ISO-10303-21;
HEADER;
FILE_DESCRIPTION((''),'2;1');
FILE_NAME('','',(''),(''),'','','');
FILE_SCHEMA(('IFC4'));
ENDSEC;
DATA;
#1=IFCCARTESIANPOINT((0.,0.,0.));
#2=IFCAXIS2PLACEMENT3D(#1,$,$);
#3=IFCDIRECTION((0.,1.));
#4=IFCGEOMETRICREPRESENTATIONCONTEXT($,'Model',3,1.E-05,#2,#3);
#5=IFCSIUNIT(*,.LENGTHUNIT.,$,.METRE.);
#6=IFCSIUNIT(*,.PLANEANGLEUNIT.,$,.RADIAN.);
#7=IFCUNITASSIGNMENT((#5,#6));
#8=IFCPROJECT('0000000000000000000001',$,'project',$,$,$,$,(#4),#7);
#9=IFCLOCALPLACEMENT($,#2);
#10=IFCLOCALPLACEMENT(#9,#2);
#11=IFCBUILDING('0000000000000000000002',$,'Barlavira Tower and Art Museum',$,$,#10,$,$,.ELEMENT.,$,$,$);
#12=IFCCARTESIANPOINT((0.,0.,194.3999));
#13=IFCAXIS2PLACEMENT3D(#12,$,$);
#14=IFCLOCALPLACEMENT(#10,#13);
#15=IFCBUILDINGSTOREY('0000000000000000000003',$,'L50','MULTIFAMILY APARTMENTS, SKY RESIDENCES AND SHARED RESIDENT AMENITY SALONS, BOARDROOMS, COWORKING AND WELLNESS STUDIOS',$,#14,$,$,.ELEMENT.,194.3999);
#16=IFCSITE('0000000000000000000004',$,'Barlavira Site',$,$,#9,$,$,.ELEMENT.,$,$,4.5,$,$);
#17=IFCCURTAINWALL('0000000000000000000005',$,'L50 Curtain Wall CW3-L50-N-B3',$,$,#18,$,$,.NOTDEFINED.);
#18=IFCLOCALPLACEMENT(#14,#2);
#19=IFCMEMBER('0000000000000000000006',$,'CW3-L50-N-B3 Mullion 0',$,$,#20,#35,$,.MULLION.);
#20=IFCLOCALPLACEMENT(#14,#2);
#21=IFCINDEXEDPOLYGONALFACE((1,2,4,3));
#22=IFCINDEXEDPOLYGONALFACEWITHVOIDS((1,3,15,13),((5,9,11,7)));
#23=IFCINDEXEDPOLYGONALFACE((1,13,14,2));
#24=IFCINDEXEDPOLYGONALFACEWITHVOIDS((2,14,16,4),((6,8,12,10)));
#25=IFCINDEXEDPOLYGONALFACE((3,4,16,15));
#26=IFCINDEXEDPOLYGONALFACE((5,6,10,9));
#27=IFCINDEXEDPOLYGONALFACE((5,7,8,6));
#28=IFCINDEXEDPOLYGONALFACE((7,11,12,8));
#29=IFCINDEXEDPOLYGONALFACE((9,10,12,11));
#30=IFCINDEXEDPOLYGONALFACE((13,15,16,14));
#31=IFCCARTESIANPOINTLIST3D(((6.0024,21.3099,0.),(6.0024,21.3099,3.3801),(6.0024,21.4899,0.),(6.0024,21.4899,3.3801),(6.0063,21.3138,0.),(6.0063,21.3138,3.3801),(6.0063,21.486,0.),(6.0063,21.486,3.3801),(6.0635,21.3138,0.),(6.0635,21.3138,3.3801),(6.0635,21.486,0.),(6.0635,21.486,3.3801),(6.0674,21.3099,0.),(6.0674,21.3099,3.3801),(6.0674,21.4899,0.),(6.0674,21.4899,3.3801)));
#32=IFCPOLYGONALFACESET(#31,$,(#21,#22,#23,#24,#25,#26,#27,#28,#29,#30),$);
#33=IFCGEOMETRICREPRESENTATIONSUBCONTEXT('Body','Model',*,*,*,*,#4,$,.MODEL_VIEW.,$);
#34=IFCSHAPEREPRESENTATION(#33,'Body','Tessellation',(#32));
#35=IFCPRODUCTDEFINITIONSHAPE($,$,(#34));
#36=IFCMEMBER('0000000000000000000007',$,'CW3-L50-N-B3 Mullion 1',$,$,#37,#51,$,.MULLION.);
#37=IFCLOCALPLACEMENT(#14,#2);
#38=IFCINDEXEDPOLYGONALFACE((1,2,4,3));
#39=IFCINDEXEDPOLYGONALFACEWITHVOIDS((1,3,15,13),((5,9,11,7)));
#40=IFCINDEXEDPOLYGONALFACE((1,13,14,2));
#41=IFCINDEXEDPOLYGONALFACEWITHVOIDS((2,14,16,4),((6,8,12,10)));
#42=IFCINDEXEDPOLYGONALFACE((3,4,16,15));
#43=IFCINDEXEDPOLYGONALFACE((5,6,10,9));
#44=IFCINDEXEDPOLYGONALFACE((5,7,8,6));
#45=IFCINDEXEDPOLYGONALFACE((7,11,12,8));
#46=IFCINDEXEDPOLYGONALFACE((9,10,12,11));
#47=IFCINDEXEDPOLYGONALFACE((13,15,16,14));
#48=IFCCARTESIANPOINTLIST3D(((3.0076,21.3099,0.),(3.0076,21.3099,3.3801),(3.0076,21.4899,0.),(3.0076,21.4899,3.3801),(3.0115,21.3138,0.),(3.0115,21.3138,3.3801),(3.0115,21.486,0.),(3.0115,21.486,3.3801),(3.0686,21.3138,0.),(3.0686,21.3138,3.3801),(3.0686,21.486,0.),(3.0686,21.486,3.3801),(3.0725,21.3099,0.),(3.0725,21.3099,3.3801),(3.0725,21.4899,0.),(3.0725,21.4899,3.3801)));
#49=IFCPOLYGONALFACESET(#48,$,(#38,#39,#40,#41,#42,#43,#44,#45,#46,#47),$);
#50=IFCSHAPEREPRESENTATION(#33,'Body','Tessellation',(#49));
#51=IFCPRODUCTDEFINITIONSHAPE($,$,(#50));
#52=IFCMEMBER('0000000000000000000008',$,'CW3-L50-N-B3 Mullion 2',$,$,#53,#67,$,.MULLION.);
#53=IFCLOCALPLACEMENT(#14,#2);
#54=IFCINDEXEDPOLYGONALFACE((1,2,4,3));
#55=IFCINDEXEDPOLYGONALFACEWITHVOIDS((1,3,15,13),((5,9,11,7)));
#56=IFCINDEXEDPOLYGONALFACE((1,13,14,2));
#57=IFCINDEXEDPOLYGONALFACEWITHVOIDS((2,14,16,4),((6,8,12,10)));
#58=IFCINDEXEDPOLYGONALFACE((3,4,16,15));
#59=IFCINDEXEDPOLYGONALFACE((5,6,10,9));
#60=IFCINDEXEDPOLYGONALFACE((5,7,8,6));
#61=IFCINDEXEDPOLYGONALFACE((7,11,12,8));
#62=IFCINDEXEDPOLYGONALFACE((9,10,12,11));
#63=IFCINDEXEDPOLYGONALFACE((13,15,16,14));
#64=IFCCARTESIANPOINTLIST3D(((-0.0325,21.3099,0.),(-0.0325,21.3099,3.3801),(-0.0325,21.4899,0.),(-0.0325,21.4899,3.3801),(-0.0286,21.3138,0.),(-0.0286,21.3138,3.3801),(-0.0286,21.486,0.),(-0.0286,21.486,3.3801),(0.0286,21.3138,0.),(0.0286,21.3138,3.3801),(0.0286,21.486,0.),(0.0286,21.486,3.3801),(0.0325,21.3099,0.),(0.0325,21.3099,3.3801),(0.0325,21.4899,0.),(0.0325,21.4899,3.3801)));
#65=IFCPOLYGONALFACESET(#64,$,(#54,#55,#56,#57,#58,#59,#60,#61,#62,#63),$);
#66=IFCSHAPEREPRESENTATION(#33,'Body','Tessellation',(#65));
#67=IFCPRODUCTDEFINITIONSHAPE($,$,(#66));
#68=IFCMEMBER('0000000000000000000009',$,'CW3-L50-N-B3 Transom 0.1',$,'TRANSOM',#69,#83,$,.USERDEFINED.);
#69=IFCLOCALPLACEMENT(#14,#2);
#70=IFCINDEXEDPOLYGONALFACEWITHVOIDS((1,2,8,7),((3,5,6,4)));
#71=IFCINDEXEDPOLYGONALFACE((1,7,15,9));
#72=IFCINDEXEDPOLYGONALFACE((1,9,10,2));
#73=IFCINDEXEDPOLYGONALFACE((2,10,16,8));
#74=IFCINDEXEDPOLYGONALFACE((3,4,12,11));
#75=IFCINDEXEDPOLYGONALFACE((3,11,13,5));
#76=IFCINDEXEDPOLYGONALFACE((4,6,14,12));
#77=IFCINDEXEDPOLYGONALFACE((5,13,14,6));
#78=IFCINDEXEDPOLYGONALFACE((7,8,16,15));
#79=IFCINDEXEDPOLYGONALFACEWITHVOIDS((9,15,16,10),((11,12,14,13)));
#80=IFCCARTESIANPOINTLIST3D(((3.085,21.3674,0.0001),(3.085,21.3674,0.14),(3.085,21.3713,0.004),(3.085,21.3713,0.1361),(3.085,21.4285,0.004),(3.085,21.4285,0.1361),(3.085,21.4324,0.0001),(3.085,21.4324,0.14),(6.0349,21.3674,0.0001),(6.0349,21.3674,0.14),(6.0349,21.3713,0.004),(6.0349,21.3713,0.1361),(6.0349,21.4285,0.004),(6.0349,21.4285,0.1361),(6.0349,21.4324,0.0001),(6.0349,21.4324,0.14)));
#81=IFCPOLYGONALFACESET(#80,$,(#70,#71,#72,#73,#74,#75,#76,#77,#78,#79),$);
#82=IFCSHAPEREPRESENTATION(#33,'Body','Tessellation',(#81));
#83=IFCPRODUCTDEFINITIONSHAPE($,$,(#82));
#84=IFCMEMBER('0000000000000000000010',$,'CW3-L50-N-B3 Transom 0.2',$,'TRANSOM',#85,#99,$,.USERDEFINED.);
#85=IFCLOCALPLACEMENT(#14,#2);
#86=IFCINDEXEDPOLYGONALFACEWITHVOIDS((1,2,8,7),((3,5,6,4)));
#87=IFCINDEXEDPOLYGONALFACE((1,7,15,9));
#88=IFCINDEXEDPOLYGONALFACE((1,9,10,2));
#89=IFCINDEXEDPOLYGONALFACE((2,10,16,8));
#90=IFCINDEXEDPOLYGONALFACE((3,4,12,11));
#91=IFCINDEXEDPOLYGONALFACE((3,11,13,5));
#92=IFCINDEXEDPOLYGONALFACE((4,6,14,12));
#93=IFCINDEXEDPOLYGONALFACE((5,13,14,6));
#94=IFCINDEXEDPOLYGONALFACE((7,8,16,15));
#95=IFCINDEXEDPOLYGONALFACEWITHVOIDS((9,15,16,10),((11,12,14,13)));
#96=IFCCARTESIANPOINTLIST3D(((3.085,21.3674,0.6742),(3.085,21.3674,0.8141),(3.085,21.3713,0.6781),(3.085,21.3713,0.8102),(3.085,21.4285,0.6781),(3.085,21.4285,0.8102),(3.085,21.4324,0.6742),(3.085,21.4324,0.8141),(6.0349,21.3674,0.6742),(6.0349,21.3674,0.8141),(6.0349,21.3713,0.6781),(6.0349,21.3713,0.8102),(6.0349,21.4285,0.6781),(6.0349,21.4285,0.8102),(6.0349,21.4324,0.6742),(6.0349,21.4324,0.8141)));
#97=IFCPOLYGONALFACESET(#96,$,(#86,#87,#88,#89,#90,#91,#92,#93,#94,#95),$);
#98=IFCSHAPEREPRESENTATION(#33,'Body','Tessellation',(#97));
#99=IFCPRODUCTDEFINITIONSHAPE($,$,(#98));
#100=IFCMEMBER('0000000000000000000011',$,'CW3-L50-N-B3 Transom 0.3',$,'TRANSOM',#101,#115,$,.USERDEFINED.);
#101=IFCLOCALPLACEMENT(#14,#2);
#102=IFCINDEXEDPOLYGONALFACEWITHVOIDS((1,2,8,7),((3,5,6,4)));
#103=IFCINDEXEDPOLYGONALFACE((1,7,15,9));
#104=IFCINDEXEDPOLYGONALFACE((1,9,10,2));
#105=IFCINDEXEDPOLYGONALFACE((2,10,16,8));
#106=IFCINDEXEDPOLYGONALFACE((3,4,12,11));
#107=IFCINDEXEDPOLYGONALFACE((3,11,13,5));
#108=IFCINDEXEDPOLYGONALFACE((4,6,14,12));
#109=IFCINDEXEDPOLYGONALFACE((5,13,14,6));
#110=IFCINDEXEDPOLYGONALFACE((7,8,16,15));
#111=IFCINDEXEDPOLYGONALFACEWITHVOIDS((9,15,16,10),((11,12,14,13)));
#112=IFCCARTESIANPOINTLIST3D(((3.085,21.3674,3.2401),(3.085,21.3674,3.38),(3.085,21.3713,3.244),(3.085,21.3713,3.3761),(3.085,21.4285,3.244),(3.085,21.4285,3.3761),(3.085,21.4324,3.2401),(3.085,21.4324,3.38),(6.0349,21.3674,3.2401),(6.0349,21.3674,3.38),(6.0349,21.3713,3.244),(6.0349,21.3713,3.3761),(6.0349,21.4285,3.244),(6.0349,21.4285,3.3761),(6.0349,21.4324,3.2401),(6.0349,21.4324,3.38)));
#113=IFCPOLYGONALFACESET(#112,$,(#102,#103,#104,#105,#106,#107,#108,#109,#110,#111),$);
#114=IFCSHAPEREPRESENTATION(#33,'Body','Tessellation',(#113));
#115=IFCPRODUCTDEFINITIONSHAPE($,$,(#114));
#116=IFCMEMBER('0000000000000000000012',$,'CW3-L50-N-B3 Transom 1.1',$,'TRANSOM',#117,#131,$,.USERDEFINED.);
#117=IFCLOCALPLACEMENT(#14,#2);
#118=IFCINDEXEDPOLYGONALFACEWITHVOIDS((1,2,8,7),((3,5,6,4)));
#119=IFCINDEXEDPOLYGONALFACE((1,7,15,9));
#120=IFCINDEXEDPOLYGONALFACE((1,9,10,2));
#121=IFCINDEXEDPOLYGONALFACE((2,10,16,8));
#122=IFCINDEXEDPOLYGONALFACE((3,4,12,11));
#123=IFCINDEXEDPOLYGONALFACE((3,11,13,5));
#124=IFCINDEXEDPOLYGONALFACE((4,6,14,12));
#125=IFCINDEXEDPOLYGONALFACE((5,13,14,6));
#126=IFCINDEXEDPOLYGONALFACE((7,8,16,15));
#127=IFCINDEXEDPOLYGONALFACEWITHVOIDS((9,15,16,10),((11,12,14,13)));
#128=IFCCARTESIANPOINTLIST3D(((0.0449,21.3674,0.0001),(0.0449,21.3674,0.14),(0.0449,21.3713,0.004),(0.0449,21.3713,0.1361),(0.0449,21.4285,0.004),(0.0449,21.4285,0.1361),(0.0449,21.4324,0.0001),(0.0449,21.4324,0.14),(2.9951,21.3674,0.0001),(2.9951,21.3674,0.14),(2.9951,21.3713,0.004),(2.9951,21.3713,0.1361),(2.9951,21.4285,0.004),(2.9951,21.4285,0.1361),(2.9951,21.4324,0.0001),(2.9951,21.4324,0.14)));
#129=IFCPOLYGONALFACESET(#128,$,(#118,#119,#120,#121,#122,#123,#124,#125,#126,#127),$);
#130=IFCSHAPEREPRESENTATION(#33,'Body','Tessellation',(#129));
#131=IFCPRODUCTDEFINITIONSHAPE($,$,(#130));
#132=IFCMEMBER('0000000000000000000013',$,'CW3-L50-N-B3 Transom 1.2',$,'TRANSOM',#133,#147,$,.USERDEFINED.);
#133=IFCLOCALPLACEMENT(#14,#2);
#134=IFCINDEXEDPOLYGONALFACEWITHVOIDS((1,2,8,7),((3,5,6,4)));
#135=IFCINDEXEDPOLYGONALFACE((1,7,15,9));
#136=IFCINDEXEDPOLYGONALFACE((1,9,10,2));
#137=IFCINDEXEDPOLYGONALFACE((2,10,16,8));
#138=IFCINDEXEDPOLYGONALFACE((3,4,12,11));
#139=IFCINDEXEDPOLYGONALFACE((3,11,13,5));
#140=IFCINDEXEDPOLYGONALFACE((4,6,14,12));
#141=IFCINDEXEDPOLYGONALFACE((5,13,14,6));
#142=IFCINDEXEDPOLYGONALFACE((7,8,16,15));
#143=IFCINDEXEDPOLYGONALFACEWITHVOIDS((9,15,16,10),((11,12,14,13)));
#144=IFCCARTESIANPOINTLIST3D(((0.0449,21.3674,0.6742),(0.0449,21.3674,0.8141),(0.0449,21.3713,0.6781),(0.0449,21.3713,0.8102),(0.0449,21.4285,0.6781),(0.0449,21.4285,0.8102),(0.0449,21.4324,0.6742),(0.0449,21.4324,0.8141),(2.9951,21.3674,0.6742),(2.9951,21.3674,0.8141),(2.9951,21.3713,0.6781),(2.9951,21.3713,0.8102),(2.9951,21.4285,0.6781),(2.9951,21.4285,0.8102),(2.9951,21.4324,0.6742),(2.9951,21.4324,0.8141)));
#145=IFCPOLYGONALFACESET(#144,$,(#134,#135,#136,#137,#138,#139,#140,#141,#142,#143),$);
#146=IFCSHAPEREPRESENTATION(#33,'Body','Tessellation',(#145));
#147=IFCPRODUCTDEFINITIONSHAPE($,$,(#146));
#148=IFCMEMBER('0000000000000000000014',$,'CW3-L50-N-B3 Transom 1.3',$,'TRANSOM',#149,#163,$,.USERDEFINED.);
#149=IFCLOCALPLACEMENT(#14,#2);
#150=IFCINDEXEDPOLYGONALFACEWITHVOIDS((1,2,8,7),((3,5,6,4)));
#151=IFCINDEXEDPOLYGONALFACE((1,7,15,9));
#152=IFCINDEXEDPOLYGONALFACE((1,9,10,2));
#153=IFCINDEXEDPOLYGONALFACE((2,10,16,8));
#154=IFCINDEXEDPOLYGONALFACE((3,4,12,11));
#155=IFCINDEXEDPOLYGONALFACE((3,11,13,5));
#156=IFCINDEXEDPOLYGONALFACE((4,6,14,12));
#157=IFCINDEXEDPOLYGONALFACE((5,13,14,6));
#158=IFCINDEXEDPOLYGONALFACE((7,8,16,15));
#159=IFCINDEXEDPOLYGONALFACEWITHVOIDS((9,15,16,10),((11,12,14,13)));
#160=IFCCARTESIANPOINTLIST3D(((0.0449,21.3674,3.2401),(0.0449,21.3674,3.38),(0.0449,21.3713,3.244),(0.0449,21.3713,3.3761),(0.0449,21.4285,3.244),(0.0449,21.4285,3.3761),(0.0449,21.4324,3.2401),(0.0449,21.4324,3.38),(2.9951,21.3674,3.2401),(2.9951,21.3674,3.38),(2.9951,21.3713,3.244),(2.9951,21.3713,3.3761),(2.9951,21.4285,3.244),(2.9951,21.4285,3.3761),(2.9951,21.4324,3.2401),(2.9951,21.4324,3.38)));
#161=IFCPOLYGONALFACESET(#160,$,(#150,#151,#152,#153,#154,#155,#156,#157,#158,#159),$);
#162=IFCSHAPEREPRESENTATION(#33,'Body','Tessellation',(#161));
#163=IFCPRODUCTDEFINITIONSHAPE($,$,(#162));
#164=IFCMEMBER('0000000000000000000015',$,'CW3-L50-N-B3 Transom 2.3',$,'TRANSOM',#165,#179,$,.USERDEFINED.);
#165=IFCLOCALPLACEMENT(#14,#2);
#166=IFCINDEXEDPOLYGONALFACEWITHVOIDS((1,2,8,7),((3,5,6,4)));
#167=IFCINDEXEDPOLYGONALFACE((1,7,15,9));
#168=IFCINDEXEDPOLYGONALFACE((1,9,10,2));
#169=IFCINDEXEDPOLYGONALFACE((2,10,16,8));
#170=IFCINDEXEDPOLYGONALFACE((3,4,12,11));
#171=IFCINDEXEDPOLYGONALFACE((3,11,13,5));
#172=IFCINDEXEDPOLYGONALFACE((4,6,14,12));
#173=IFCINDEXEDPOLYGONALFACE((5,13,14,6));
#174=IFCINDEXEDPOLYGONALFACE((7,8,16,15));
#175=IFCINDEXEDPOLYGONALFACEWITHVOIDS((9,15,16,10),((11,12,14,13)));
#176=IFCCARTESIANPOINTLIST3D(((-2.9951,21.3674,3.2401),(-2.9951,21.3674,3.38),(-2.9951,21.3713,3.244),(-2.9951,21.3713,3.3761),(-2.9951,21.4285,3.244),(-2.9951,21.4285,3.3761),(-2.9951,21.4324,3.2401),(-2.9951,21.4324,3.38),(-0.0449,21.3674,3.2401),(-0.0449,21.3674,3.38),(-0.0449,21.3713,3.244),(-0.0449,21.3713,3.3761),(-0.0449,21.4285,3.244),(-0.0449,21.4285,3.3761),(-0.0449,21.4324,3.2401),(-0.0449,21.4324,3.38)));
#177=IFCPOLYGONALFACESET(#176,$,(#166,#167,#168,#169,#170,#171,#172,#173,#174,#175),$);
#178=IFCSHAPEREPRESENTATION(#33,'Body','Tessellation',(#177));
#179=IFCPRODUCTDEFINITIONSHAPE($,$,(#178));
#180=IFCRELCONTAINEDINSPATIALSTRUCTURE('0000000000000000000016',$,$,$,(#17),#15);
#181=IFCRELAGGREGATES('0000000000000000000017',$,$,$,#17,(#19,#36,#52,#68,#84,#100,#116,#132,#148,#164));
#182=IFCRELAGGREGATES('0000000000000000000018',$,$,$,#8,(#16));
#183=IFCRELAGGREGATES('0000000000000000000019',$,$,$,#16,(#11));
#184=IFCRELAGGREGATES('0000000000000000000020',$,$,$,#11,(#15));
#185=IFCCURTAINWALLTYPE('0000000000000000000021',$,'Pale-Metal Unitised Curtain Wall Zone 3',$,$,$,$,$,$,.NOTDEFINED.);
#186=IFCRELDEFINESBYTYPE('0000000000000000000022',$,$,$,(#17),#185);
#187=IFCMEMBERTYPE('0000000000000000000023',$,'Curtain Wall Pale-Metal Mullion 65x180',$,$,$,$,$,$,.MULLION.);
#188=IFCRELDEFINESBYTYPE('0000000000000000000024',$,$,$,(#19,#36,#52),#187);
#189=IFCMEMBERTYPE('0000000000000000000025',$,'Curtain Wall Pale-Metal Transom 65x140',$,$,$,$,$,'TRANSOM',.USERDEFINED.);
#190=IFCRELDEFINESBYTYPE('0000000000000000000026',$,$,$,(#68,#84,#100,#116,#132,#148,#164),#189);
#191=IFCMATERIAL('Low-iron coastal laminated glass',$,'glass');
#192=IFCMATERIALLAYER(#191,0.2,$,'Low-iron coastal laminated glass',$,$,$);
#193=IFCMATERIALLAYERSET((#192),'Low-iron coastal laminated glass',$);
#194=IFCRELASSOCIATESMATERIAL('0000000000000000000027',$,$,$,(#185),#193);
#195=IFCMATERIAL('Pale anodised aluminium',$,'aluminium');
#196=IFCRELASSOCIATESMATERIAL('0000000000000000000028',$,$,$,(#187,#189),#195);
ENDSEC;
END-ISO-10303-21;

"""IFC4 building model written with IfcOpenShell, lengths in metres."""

from ifc_helpers import new_model, si_unit, direction, frame, origin, origin_2d, place, context, subcontext, project, spatial, hollow_rectangle, extrude, material, layer, layer_set, material_profile, profile_set, type_object, element, aggregate, save


model = new_model("IFC4")

# Units and contexts
model_context = context("Model", 3, precision=1e-05, world=origin(), true_north=direction((0.0, 1.0)))
body_context = subcontext(model_context, "Body", "Model", "MODEL_VIEW")
ifc_project = project(units=[si_unit("LENGTHUNIT", "METRE"), si_unit("PLANEANGLEUNIT", "RADIAN")], contexts=[model_context])

# Site, building, storey
site_placement = place(None, origin())
site = spatial("IfcSite", under=ifc_project, at=site_placement, Name="Barlavira Site", CompositionType="ELEMENT", RefElevation=4.5)
building_placement = place(site_placement, origin())
building = spatial("IfcBuilding", under=site, at=building_placement, Name="Barlavira Tower and Art Museum", CompositionType="ELEMENT")
storey_placement = place(building_placement, frame((0.0, 0.0, 194.3999)))
storey = spatial("IfcBuildingStorey", under=building, at=storey_placement, Name="L50", Description="MULTIFAMILY APARTMENTS, SKY RESIDENCES AND SHARED RESIDENT AMENITY SALONS, BOARDROOMS, COWORKING AND WELLNESS STUDIOS", CompositionType="ELEMENT", Elevation=194.3999)

# Curtain wall, members
ifc_material_1 = material(Name="Low-iron coastal laminated glass", Category="glass")
ifc_layer_1 = layer(ifc_material_1, 0.2, Name="Low-iron coastal laminated glass")
ifc_layer_set_1 = layer_set([ifc_layer_1], Name="Low-iron coastal laminated glass")
curtain_wall_type = type_object("IfcCurtainWallType", Name="Pale-Metal Unitised Curtain Wall Zone 3", PredefinedType="NOTDEFINED", material=ifc_layer_set_1)
curtain_wall_placement = place(storey_placement, origin())
curtain_wall = element("IfcCurtainWall", 1, at=curtain_wall_placement, inside=storey, type_object=curtain_wall_type, Name="L50 Curtain Wall CW3-L50-N-B3", PredefinedType="NOTDEFINED")
ifc_material_2 = material(Name="Pale anodised aluminium", Category="aluminium")
ifc_material_profile_1 = material_profile(ifc_material_2, hollow_rectangle(XDim=0.0649, YDim=0.1799, WallThickness=0.0039, at=origin_2d()), Name="ALU-MULL 65x180x4")
ifc_profile_set_1 = profile_set([ifc_material_profile_1], Name="Pale anodised aluminium")
member_type_1 = type_object("IfcMemberType", Name="Curtain Wall Pale-Metal Mullion 65x180", PredefinedType="MULLION", material=ifc_profile_set_1)
member_1_placement = place(storey_placement, frame((6.0349, 21.3999, 0.0), z_axis=(0.0, 0.0, 1.0), x_axis=(-1.0, 0.0, 0.0)))
member_1 = element("IfcMember", 2, at=member_1_placement, type_object=member_type_1, Name="CW3-L50-N-B3 Mullion 0", PredefinedType="MULLION", context=body_context, shape_type="SweptSolid", body=[
    extrude(hollow_rectangle(XDim=0.0649, YDim=0.1799, WallThickness=0.0039, at=origin_2d()), origin(), (0.0, 0.0, 1.0), 3.3801),
])
member_2_placement = place(storey_placement, frame((3.04, 21.3999, 0.0), z_axis=(0.0, 0.0, 1.0), x_axis=(-1.0, 0.0, 0.0)))
member_2 = element("IfcMember", 3, at=member_2_placement, type_object=member_type_1, Name="CW3-L50-N-B3 Mullion 1", PredefinedType="MULLION", context=body_context, shape_type="SweptSolid", body=[
    extrude(hollow_rectangle(XDim=0.0649, YDim=0.1799, WallThickness=0.0039, at=origin_2d()), origin(), (0.0, 0.0, 1.0), 3.3801),
])
member_3_placement = place(storey_placement, frame((0.0, 21.3999, 0.0), z_axis=(0.0, 0.0, 1.0), x_axis=(-1.0, 0.0, 0.0)))
member_3 = element("IfcMember", 4, at=member_3_placement, type_object=member_type_1, Name="CW3-L50-N-B3 Mullion 2", PredefinedType="MULLION", context=body_context, shape_type="SweptSolid", body=[
    extrude(hollow_rectangle(XDim=0.0649, YDim=0.1799, WallThickness=0.0039, at=origin_2d()), origin(), (0.0, 0.0, 1.0), 3.3801),
])
ifc_material_profile_2 = material_profile(ifc_material_2, hollow_rectangle(XDim=0.0649, YDim=0.1399, WallThickness=0.0039, at=origin_2d()), Name="ALU-TRAN 65x140x4")
ifc_profile_set_2 = profile_set([ifc_material_profile_2], Name="Pale anodised aluminium")
member_type_2 = type_object("IfcMemberType", Name="Curtain Wall Pale-Metal Transom 65x140", ElementType="TRANSOM", PredefinedType="USERDEFINED", material=ifc_profile_set_2)
member_4_placement = place(storey_placement, frame((6.0349, 21.3999, 0.0701), z_axis=(-1.0, 0.0, 0.0), x_axis=(0.0, -1.0, 0.0)))
member_4 = element("IfcMember", 5, at=member_4_placement, type_object=member_type_2, Name="CW3-L50-N-B3 Transom 0.1", ObjectType="TRANSOM", PredefinedType="USERDEFINED", context=body_context, shape_type="SweptSolid", body=[
    extrude(hollow_rectangle(XDim=0.0649, YDim=0.1399, WallThickness=0.0039, at=origin_2d()), origin(), (0.0, 0.0, 1.0), 2.95),
])
member_5_placement = place(storey_placement, frame((6.0349, 21.3999, 0.7441), z_axis=(-1.0, 0.0, 0.0), x_axis=(0.0, -1.0, 0.0)))
member_5 = element("IfcMember", 6, at=member_5_placement, type_object=member_type_2, Name="CW3-L50-N-B3 Transom 0.2", ObjectType="TRANSOM", PredefinedType="USERDEFINED", context=body_context, shape_type="SweptSolid", body=[
    extrude(hollow_rectangle(XDim=0.0649, YDim=0.1399, WallThickness=0.0039, at=origin_2d()), origin(), (0.0, 0.0, 1.0), 2.95),
])
member_6_placement = place(storey_placement, frame((6.0349, 21.3999, 3.3101), z_axis=(-1.0, 0.0, 0.0), x_axis=(0.0, -1.0, 0.0)))
member_6 = element("IfcMember", 7, at=member_6_placement, type_object=member_type_2, Name="CW3-L50-N-B3 Transom 0.3", ObjectType="TRANSOM", PredefinedType="USERDEFINED", context=body_context, shape_type="SweptSolid", body=[
    extrude(hollow_rectangle(XDim=0.0649, YDim=0.1399, WallThickness=0.0039, at=origin_2d()), origin(), (0.0, 0.0, 1.0), 2.95),
])
member_7_placement = place(storey_placement, frame((2.9951, 21.3999, 0.0701), z_axis=(-1.0, 0.0, 0.0), x_axis=(0.0, -1.0, 0.0)))
member_7 = element("IfcMember", 8, at=member_7_placement, type_object=member_type_2, Name="CW3-L50-N-B3 Transom 1.1", ObjectType="TRANSOM", PredefinedType="USERDEFINED", context=body_context, shape_type="SweptSolid", body=[
    extrude(hollow_rectangle(XDim=0.0649, YDim=0.1399, WallThickness=0.0039, at=origin_2d()), origin(), (0.0, 0.0, 1.0), 2.9502),
])
member_8_placement = place(storey_placement, frame((2.9951, 21.3999, 0.7441), z_axis=(-1.0, 0.0, 0.0), x_axis=(0.0, -1.0, 0.0)))
member_8 = element("IfcMember", 9, at=member_8_placement, type_object=member_type_2, Name="CW3-L50-N-B3 Transom 1.2", ObjectType="TRANSOM", PredefinedType="USERDEFINED", context=body_context, shape_type="SweptSolid", body=[
    extrude(hollow_rectangle(XDim=0.0649, YDim=0.1399, WallThickness=0.0039, at=origin_2d()), origin(), (0.0, 0.0, 1.0), 2.9502),
])
member_9_placement = place(storey_placement, frame((2.9951, 21.3999, 3.3101), z_axis=(-1.0, 0.0, 0.0), x_axis=(0.0, -1.0, 0.0)))
member_9 = element("IfcMember", 10, at=member_9_placement, type_object=member_type_2, Name="CW3-L50-N-B3 Transom 1.3", ObjectType="TRANSOM", PredefinedType="USERDEFINED", context=body_context, shape_type="SweptSolid", body=[
    extrude(hollow_rectangle(XDim=0.0649, YDim=0.1399, WallThickness=0.0039, at=origin_2d()), origin(), (0.0, 0.0, 1.0), 2.9502),
])
member_10_placement = place(storey_placement, frame((-0.0449, 21.3999, 3.3101), z_axis=(-1.0, 0.0, 0.0), x_axis=(0.0, -1.0, 0.0)))
member_10 = element("IfcMember", 11, at=member_10_placement, type_object=member_type_2, Name="CW3-L50-N-B3 Transom 2.3", ObjectType="TRANSOM", PredefinedType="USERDEFINED", context=body_context, shape_type="SweptSolid", body=[
    extrude(hollow_rectangle(XDim=0.0649, YDim=0.1399, WallThickness=0.0039, at=origin_2d()), origin(), (0.0, 0.0, 1.0), 2.9502),
])

aggregate(curtain_wall, [member_1, member_2, member_3, member_4, member_5, member_6, member_7, member_8, member_9, member_10])

save(model, "model.ifc")
